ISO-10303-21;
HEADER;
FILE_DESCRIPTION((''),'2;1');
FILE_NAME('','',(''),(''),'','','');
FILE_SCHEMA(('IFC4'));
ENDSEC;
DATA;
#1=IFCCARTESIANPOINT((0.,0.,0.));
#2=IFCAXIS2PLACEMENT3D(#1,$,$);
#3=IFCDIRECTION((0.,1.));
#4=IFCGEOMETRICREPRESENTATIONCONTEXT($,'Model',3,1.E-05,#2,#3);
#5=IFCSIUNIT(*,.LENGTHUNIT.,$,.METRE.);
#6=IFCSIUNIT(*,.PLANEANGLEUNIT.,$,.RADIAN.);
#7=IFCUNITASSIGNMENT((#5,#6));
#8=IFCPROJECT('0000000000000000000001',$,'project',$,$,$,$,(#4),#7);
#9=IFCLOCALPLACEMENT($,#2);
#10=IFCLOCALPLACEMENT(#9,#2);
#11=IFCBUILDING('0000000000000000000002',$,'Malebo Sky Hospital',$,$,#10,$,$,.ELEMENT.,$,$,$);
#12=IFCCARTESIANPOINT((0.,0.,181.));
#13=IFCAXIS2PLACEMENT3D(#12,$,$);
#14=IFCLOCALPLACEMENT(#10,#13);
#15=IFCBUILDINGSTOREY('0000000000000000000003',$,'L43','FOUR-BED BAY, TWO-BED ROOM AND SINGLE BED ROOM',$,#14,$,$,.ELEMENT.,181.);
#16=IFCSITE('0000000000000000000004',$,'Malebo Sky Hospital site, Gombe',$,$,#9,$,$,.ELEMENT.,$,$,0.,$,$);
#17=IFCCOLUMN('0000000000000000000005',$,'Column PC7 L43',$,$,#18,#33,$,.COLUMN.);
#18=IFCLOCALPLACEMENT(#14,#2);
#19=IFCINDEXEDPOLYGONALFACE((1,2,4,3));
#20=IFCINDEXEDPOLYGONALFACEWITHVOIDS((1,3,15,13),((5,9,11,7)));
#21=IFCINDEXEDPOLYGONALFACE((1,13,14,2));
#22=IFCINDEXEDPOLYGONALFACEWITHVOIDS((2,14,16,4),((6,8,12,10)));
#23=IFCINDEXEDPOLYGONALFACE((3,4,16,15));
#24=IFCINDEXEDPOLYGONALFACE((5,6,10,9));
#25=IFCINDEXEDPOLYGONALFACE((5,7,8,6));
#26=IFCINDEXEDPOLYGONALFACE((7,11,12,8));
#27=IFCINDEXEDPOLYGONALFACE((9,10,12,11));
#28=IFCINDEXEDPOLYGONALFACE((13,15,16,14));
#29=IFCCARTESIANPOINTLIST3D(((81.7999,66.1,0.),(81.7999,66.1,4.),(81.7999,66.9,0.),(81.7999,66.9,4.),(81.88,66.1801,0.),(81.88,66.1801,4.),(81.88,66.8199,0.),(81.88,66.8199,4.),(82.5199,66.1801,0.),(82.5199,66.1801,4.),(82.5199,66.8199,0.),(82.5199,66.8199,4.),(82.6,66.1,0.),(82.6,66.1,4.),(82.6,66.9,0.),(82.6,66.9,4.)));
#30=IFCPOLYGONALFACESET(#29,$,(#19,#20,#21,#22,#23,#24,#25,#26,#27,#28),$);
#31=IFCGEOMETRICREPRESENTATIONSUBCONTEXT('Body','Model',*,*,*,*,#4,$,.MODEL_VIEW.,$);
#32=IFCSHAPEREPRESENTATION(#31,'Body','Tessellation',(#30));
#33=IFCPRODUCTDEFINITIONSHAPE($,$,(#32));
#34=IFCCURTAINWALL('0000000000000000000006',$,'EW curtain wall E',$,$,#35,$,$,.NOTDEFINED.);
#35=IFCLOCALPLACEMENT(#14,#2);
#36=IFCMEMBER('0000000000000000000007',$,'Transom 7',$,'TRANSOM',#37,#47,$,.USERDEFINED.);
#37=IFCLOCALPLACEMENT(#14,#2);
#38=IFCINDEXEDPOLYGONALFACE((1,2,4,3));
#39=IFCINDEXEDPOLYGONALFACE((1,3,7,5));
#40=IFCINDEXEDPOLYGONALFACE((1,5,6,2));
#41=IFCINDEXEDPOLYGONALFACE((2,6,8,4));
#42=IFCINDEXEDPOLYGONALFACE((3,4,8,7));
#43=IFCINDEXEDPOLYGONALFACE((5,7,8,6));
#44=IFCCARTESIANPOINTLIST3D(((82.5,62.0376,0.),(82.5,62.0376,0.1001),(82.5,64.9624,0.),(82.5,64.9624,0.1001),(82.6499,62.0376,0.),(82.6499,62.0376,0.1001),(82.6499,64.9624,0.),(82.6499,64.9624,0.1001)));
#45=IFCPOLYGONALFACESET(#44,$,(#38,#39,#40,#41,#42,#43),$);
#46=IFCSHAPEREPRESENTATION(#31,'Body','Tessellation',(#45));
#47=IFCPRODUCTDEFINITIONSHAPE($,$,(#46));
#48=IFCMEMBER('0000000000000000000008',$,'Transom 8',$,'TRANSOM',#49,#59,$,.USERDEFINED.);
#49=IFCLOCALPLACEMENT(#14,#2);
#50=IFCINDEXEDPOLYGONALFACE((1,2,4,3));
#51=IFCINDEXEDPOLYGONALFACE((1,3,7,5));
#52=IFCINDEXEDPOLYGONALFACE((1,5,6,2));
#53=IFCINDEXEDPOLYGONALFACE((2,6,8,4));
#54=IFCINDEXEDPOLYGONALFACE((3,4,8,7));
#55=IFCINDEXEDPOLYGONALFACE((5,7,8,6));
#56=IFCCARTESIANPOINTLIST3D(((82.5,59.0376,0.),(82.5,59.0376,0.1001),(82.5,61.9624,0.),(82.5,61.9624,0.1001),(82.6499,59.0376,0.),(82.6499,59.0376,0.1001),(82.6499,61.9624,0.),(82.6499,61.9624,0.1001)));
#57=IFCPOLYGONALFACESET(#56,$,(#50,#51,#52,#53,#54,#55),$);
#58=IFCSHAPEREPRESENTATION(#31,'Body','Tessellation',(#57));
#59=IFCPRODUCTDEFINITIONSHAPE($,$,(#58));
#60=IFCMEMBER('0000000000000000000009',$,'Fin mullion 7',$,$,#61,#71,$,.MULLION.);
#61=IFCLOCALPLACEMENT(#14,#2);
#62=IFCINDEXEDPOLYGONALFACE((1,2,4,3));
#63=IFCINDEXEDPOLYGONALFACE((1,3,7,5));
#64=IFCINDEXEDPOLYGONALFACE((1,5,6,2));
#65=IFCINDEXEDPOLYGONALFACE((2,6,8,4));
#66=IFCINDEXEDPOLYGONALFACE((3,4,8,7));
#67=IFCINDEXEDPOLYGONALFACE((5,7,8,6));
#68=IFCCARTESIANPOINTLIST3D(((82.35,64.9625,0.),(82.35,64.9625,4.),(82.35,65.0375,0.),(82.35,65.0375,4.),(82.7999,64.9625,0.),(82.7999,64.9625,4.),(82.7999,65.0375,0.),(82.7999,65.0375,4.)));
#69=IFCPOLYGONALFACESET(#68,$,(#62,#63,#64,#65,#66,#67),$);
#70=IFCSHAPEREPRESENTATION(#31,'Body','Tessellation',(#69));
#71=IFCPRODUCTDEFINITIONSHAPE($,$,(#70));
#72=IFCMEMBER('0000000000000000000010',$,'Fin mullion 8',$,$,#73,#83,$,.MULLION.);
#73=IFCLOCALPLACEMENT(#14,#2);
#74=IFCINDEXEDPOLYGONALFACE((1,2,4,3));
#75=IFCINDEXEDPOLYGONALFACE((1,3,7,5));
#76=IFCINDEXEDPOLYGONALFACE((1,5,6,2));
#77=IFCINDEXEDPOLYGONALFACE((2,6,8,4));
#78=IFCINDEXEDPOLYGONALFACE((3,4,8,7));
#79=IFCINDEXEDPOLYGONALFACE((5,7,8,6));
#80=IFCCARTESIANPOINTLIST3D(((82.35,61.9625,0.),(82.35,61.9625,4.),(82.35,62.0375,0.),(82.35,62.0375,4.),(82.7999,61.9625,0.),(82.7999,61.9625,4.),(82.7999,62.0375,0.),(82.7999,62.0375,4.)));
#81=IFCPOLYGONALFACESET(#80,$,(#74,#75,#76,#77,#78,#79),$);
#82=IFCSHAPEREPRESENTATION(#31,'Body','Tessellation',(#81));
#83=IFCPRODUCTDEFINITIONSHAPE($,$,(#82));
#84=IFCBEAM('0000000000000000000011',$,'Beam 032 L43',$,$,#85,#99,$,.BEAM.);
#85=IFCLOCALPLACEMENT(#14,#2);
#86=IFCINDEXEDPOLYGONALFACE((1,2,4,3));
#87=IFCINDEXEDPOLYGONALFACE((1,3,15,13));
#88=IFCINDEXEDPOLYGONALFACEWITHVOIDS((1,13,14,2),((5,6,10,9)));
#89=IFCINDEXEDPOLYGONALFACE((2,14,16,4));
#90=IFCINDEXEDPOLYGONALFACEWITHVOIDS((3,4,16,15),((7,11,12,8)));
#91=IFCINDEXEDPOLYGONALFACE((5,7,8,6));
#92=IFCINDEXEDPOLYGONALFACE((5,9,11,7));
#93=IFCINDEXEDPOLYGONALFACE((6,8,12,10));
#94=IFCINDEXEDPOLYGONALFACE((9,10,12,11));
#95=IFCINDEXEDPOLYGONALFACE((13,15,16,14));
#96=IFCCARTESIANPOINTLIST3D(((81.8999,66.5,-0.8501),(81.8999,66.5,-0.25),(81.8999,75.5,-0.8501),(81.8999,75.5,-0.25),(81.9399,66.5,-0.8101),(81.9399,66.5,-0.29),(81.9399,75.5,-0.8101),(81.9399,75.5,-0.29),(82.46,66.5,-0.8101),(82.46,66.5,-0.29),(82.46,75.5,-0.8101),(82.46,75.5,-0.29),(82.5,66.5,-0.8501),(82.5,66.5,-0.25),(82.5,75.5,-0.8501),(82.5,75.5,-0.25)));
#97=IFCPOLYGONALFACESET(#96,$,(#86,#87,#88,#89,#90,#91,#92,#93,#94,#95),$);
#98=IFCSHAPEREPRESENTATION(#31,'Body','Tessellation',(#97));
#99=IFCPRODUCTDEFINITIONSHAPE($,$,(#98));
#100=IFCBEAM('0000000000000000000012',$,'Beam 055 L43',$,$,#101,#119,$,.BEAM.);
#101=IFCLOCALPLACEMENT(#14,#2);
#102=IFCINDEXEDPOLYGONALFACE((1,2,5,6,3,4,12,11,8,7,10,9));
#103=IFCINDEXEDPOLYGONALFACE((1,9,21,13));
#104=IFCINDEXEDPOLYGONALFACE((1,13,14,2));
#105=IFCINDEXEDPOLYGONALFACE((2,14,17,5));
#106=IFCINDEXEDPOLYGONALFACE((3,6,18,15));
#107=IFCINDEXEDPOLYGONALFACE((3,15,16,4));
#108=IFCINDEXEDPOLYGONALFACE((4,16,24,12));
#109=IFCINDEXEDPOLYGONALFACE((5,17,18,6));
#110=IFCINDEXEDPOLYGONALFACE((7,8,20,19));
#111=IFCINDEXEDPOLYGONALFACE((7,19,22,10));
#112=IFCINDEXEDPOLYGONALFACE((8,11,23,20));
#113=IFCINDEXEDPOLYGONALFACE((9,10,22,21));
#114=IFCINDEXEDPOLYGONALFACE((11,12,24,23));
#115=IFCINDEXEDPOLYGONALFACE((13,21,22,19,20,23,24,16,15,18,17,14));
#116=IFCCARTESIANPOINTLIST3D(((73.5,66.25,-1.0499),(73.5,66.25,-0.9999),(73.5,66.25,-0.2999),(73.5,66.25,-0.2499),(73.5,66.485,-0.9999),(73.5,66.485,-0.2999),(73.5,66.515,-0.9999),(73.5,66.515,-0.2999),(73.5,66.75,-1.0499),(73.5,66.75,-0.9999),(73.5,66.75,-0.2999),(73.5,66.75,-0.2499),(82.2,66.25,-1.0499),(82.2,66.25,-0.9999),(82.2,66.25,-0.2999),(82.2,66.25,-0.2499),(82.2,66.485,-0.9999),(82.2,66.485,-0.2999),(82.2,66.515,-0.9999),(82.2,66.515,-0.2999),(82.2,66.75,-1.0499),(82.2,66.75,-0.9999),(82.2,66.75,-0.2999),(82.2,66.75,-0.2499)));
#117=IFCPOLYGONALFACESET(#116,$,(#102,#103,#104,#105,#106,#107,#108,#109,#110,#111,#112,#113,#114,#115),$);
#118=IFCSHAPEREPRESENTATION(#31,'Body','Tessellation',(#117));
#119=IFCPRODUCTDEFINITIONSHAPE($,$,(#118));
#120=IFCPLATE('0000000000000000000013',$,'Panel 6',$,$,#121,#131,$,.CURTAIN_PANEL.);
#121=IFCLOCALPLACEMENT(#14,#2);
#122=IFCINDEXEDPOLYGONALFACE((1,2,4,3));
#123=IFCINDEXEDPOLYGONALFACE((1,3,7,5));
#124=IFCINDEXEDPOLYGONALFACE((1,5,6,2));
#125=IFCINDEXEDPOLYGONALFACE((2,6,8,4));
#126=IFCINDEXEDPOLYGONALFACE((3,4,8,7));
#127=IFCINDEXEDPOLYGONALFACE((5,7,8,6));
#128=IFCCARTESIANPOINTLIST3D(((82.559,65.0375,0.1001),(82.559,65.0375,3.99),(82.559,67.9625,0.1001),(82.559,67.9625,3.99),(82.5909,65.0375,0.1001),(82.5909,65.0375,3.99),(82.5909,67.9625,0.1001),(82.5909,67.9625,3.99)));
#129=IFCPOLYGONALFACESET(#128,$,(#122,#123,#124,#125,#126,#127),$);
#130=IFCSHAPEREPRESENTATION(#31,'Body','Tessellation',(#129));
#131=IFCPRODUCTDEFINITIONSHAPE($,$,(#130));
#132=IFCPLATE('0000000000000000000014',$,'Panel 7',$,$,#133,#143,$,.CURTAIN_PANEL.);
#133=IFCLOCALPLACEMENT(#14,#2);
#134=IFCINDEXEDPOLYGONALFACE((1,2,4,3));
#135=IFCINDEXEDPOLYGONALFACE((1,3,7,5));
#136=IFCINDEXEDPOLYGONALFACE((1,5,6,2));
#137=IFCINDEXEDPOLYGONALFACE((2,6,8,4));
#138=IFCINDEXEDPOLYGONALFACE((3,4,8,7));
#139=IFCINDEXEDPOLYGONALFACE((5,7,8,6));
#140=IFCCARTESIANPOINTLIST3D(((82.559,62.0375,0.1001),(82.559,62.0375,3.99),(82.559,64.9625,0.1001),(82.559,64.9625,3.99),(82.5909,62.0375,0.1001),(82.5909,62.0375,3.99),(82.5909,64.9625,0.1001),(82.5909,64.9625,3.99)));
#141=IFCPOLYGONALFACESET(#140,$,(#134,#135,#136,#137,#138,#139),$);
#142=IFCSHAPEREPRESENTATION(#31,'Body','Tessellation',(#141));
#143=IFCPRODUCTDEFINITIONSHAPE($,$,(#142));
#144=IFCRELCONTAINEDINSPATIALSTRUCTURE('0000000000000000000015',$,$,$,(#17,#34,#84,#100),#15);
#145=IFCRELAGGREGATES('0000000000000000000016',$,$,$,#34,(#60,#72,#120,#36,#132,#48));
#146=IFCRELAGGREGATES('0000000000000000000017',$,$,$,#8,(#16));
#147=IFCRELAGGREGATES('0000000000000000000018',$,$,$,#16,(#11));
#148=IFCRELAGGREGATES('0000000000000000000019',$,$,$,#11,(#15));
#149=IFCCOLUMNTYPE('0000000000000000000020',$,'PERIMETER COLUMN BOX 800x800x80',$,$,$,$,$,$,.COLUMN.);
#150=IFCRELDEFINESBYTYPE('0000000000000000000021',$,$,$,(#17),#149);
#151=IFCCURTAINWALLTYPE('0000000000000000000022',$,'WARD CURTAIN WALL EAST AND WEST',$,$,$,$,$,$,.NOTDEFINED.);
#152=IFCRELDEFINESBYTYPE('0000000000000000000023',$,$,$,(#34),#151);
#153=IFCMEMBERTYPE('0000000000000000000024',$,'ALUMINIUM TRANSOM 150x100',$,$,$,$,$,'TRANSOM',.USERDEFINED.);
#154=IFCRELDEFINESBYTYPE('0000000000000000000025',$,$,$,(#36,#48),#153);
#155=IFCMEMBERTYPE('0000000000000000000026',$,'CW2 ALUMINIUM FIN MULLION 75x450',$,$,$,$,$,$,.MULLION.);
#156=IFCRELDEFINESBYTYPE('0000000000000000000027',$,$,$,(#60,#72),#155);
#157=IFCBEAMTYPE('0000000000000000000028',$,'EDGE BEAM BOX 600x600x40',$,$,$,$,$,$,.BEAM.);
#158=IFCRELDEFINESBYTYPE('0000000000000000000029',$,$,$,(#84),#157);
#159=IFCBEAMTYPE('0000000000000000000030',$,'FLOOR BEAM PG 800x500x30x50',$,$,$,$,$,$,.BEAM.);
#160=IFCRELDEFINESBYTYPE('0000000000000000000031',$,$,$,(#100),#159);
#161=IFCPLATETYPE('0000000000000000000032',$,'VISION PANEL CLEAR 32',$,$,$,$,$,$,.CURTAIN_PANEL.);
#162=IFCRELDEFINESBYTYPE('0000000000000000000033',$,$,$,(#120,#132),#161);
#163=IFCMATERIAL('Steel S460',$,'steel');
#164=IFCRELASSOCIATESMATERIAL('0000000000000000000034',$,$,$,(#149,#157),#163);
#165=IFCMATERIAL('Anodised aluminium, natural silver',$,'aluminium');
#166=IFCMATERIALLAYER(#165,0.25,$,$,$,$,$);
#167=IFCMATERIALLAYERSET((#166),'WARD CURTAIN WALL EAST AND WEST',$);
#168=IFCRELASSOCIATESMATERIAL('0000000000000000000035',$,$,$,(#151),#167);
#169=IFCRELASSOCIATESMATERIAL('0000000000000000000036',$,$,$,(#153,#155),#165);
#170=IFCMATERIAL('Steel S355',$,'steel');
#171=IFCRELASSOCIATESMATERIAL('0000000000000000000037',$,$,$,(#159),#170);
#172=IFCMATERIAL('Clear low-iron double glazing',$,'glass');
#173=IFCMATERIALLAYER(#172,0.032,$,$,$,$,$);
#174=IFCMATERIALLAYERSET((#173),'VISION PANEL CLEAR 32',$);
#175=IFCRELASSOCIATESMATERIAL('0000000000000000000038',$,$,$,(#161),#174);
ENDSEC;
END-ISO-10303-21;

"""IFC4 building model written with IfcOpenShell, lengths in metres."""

from ifc_helpers import new_model, si_unit, direction, frame, origin, origin_2d, place, context, subcontext, project, spatial, rectangle, hollow_rectangle, i_section, extrude, material, layer, layer_set, material_profile, profile_set, type_object, element, aggregate, save


model = new_model("IFC4")

# Units and contexts
model_context = context("Model", 3, precision=1e-05, world=origin(), true_north=direction((0.0, 1.0)))
body_context = subcontext(model_context, "Body", "Model", "MODEL_VIEW")
ifc_project = project(units=[si_unit("LENGTHUNIT", "METRE"), si_unit("PLANEANGLEUNIT", "RADIAN")], contexts=[model_context])

# Site, building, storey
site_placement = place(None, origin())
site = spatial("IfcSite", under=ifc_project, at=site_placement, Name="Malebo Sky Hospital site, Gombe", CompositionType="ELEMENT", RefElevation=0.0)
building_placement = place(site_placement, origin())
building = spatial("IfcBuilding", under=site, at=building_placement, Name="Malebo Sky Hospital", CompositionType="ELEMENT")
storey_placement = place(building_placement, frame((0.0, 0.0, 181.0)))
storey = spatial("IfcBuildingStorey", under=building, at=storey_placement, Name="L43", Description="FOUR-BED BAY, TWO-BED ROOM AND SINGLE BED ROOM", CompositionType="ELEMENT", Elevation=181.0)

# Column
ifc_material_1 = material(Name="Steel S460", Category="steel")
ifc_material_profile_1 = material_profile(ifc_material_1, hollow_rectangle(XDim=0.8, YDim=0.8, WallThickness=0.0801, at=origin_2d()), Name="BOX 800x800x80")
ifc_profile_set_1 = profile_set([ifc_material_profile_1], Name="Steel S460")
column_type = type_object("IfcColumnType", Name="PERIMETER COLUMN BOX 800x800x80", PredefinedType="COLUMN", material=ifc_profile_set_1)
column_placement = place(storey_placement, frame((82.2, 66.5, 0.0), z_axis=(0.0, 0.0, 1.0), x_axis=(1.0, 0.0, 0.0)))
element("IfcColumn", 1, at=column_placement, inside=storey, type_object=column_type, Name="Column PC7 L43", PredefinedType="COLUMN", context=body_context, shape_type="SweptSolid", body=[
    extrude(hollow_rectangle(XDim=0.8, YDim=0.8, WallThickness=0.0801, at=origin_2d()), origin(), (0.0, 0.0, 1.0), 4.0),
])

# Curtain wall, members
ifc_material_2 = material(Name="Anodised aluminium, natural silver", Category="aluminium")
ifc_layer_1 = layer(ifc_material_2, 0.25)
ifc_layer_set_1 = layer_set([ifc_layer_1], Name="WARD CURTAIN WALL EAST AND WEST")
curtain_wall_type = type_object("IfcCurtainWallType", Name="WARD CURTAIN WALL EAST AND WEST", PredefinedType="NOTDEFINED", material=ifc_layer_set_1)
curtain_wall_placement = place(storey_placement, origin())
curtain_wall = element("IfcCurtainWall", 2, at=curtain_wall_placement, inside=storey, type_object=curtain_wall_type, Name="EW curtain wall E", PredefinedType="NOTDEFINED")
ifc_material_profile_2 = material_profile(ifc_material_2, rectangle(XDim=0.1499, YDim=0.1001, at=origin_2d()), Name="ALUMINIUM TRANSOM 150x100")
ifc_profile_set_2 = profile_set([ifc_material_profile_2], Name="Anodised aluminium, natural silver")
member_type_1 = type_object("IfcMemberType", Name="ALUMINIUM TRANSOM 150x100", ElementType="TRANSOM", PredefinedType="USERDEFINED", material=ifc_profile_set_2)
member_1_placement = place(storey_placement, frame((82.575, 64.9624, 0.05), z_axis=(0.0, -1.0, 0.0), x_axis=(1.0, 0.0, 0.0)))
member_1 = element("IfcMember", 3, at=member_1_placement, type_object=member_type_1, Name="Transom 7", ObjectType="TRANSOM", PredefinedType="USERDEFINED", context=body_context, shape_type="SweptSolid", body=[
    extrude(rectangle(XDim=0.1499, YDim=0.1001, at=origin_2d()), origin(), (0.0, 0.0, 1.0), 2.9248),
])
member_2_placement = place(storey_placement, frame((82.575, 61.9624, 0.05), z_axis=(0.0, -1.0, 0.0), x_axis=(1.0, 0.0, 0.0)))
member_2 = element("IfcMember", 4, at=member_2_placement, type_object=member_type_1, Name="Transom 8", ObjectType="TRANSOM", PredefinedType="USERDEFINED", context=body_context, shape_type="SweptSolid", body=[
    extrude(rectangle(XDim=0.1499, YDim=0.1001, at=origin_2d()), origin(), (0.0, 0.0, 1.0), 2.9248),
])
ifc_material_profile_3 = material_profile(ifc_material_2, rectangle(XDim=0.075, YDim=0.45, at=origin_2d()), Name="CW2 ALUMINIUM FIN MULLION 75x450")
ifc_profile_set_3 = profile_set([ifc_material_profile_3], Name="Anodised aluminium, natural silver")
member_type_2 = type_object("IfcMemberType", Name="CW2 ALUMINIUM FIN MULLION 75x450", PredefinedType="MULLION", material=ifc_profile_set_3)
member_3_placement = place(storey_placement, frame((82.575, 65.0, 0.0), z_axis=(0.0, 0.0, 1.0), x_axis=(0.0, -1.0, 0.0)))
member_3 = element("IfcMember", 5, at=member_3_placement, type_object=member_type_2, Name="Fin mullion 7", PredefinedType="MULLION", context=body_context, shape_type="SweptSolid", body=[
    extrude(rectangle(XDim=0.075, YDim=0.45, at=origin_2d()), origin(), (0.0, 0.0, 1.0), 4.0),
])
member_4_placement = place(storey_placement, frame((82.575, 62.0, 0.0), z_axis=(0.0, 0.0, 1.0), x_axis=(0.0, -1.0, 0.0)))
member_4 = element("IfcMember", 6, at=member_4_placement, type_object=member_type_2, Name="Fin mullion 8", PredefinedType="MULLION", context=body_context, shape_type="SweptSolid", body=[
    extrude(rectangle(XDim=0.075, YDim=0.45, at=origin_2d()), origin(), (0.0, 0.0, 1.0), 4.0),
])

# Beams
ifc_material_profile_4 = material_profile(ifc_material_1, hollow_rectangle(XDim=0.6001, YDim=0.6001, WallThickness=0.04, at=origin_2d()), Name="BOX 600x600x40")
ifc_profile_set_4 = profile_set([ifc_material_profile_4], Name="Steel S460")
beam_type_1 = type_object("IfcBeamType", Name="EDGE BEAM BOX 600x600x40", PredefinedType="BEAM", material=ifc_profile_set_4)
beam_1_placement = place(storey_placement, frame((82.2, 66.5, -0.55), z_axis=(0.0, 1.0, 0.0), x_axis=(-1.0, 0.0, 0.0)))
element("IfcBeam", 7, at=beam_1_placement, inside=storey, type_object=beam_type_1, Name="Beam 032 L43", PredefinedType="BEAM", context=body_context, shape_type="SweptSolid", body=[
    extrude(hollow_rectangle(XDim=0.6001, YDim=0.6001, WallThickness=0.04, at=origin_2d()), origin(), (0.0, 0.0, 1.0), 9.0),
])
ifc_material_3 = material(Name="Steel S355", Category="steel")
ifc_material_profile_5 = material_profile(ifc_material_3, i_section(OverallWidth=0.5, OverallDepth=0.8, WebThickness=0.03, FlangeThickness=0.05, at=origin_2d()), Name="PG 800x500x30x50")
ifc_profile_set_5 = profile_set([ifc_material_profile_5], Name="Steel S355")
beam_type_2 = type_object("IfcBeamType", Name="FLOOR BEAM PG 800x500x30x50", PredefinedType="BEAM", material=ifc_profile_set_5)
beam_2_placement = place(storey_placement, frame((73.5, 66.5, -0.6499), z_axis=(1.0, 0.0, 0.0), x_axis=(0.0, 1.0, 0.0)))
element("IfcBeam", 8, at=beam_2_placement, inside=storey, type_object=beam_type_2, Name="Beam 055 L43", PredefinedType="BEAM", context=body_context, shape_type="SweptSolid", body=[
    extrude(i_section(OverallWidth=0.5, OverallDepth=0.8, WebThickness=0.03, FlangeThickness=0.05, at=origin_2d()), origin(), (0.0, 0.0, 1.0), 8.7),
])

# Plates
ifc_material_4 = material(Name="Clear low-iron double glazing", Category="glass")
ifc_layer_2 = layer(ifc_material_4, 0.032)
ifc_layer_set_2 = layer_set([ifc_layer_2], Name="VISION PANEL CLEAR 32")
plate_type = type_object("IfcPlateType", Name="VISION PANEL CLEAR 32", PredefinedType="CURTAIN_PANEL", material=ifc_layer_set_2)
plate_1_placement = place(storey_placement, frame((82.575, 66.5, 0.1001), z_axis=(0.0, 0.0, 1.0), x_axis=(0.0, -1.0, 0.0)))
plate_1 = element("IfcPlate", 9, at=plate_1_placement, type_object=plate_type, Name="Panel 6", PredefinedType="CURTAIN_PANEL", context=body_context, shape_type="SweptSolid", body=[
    extrude(rectangle(XDim=2.925, YDim=0.032, at=origin_2d()), origin(), (0.0, 0.0, 1.0), 3.8899),
])
plate_2_placement = place(storey_placement, frame((82.575, 63.5, 0.1001), z_axis=(0.0, 0.0, 1.0), x_axis=(0.0, -1.0, 0.0)))
plate_2 = element("IfcPlate", 10, at=plate_2_placement, type_object=plate_type, Name="Panel 7", PredefinedType="CURTAIN_PANEL", context=body_context, shape_type="SweptSolid", body=[
    extrude(rectangle(XDim=2.925, YDim=0.032, at=origin_2d()), origin(), (0.0, 0.0, 1.0), 3.8899),
])
aggregate(curtain_wall, [member_3, member_4, plate_1, member_1, plate_2, member_2])

save(model, "model.ifc")
